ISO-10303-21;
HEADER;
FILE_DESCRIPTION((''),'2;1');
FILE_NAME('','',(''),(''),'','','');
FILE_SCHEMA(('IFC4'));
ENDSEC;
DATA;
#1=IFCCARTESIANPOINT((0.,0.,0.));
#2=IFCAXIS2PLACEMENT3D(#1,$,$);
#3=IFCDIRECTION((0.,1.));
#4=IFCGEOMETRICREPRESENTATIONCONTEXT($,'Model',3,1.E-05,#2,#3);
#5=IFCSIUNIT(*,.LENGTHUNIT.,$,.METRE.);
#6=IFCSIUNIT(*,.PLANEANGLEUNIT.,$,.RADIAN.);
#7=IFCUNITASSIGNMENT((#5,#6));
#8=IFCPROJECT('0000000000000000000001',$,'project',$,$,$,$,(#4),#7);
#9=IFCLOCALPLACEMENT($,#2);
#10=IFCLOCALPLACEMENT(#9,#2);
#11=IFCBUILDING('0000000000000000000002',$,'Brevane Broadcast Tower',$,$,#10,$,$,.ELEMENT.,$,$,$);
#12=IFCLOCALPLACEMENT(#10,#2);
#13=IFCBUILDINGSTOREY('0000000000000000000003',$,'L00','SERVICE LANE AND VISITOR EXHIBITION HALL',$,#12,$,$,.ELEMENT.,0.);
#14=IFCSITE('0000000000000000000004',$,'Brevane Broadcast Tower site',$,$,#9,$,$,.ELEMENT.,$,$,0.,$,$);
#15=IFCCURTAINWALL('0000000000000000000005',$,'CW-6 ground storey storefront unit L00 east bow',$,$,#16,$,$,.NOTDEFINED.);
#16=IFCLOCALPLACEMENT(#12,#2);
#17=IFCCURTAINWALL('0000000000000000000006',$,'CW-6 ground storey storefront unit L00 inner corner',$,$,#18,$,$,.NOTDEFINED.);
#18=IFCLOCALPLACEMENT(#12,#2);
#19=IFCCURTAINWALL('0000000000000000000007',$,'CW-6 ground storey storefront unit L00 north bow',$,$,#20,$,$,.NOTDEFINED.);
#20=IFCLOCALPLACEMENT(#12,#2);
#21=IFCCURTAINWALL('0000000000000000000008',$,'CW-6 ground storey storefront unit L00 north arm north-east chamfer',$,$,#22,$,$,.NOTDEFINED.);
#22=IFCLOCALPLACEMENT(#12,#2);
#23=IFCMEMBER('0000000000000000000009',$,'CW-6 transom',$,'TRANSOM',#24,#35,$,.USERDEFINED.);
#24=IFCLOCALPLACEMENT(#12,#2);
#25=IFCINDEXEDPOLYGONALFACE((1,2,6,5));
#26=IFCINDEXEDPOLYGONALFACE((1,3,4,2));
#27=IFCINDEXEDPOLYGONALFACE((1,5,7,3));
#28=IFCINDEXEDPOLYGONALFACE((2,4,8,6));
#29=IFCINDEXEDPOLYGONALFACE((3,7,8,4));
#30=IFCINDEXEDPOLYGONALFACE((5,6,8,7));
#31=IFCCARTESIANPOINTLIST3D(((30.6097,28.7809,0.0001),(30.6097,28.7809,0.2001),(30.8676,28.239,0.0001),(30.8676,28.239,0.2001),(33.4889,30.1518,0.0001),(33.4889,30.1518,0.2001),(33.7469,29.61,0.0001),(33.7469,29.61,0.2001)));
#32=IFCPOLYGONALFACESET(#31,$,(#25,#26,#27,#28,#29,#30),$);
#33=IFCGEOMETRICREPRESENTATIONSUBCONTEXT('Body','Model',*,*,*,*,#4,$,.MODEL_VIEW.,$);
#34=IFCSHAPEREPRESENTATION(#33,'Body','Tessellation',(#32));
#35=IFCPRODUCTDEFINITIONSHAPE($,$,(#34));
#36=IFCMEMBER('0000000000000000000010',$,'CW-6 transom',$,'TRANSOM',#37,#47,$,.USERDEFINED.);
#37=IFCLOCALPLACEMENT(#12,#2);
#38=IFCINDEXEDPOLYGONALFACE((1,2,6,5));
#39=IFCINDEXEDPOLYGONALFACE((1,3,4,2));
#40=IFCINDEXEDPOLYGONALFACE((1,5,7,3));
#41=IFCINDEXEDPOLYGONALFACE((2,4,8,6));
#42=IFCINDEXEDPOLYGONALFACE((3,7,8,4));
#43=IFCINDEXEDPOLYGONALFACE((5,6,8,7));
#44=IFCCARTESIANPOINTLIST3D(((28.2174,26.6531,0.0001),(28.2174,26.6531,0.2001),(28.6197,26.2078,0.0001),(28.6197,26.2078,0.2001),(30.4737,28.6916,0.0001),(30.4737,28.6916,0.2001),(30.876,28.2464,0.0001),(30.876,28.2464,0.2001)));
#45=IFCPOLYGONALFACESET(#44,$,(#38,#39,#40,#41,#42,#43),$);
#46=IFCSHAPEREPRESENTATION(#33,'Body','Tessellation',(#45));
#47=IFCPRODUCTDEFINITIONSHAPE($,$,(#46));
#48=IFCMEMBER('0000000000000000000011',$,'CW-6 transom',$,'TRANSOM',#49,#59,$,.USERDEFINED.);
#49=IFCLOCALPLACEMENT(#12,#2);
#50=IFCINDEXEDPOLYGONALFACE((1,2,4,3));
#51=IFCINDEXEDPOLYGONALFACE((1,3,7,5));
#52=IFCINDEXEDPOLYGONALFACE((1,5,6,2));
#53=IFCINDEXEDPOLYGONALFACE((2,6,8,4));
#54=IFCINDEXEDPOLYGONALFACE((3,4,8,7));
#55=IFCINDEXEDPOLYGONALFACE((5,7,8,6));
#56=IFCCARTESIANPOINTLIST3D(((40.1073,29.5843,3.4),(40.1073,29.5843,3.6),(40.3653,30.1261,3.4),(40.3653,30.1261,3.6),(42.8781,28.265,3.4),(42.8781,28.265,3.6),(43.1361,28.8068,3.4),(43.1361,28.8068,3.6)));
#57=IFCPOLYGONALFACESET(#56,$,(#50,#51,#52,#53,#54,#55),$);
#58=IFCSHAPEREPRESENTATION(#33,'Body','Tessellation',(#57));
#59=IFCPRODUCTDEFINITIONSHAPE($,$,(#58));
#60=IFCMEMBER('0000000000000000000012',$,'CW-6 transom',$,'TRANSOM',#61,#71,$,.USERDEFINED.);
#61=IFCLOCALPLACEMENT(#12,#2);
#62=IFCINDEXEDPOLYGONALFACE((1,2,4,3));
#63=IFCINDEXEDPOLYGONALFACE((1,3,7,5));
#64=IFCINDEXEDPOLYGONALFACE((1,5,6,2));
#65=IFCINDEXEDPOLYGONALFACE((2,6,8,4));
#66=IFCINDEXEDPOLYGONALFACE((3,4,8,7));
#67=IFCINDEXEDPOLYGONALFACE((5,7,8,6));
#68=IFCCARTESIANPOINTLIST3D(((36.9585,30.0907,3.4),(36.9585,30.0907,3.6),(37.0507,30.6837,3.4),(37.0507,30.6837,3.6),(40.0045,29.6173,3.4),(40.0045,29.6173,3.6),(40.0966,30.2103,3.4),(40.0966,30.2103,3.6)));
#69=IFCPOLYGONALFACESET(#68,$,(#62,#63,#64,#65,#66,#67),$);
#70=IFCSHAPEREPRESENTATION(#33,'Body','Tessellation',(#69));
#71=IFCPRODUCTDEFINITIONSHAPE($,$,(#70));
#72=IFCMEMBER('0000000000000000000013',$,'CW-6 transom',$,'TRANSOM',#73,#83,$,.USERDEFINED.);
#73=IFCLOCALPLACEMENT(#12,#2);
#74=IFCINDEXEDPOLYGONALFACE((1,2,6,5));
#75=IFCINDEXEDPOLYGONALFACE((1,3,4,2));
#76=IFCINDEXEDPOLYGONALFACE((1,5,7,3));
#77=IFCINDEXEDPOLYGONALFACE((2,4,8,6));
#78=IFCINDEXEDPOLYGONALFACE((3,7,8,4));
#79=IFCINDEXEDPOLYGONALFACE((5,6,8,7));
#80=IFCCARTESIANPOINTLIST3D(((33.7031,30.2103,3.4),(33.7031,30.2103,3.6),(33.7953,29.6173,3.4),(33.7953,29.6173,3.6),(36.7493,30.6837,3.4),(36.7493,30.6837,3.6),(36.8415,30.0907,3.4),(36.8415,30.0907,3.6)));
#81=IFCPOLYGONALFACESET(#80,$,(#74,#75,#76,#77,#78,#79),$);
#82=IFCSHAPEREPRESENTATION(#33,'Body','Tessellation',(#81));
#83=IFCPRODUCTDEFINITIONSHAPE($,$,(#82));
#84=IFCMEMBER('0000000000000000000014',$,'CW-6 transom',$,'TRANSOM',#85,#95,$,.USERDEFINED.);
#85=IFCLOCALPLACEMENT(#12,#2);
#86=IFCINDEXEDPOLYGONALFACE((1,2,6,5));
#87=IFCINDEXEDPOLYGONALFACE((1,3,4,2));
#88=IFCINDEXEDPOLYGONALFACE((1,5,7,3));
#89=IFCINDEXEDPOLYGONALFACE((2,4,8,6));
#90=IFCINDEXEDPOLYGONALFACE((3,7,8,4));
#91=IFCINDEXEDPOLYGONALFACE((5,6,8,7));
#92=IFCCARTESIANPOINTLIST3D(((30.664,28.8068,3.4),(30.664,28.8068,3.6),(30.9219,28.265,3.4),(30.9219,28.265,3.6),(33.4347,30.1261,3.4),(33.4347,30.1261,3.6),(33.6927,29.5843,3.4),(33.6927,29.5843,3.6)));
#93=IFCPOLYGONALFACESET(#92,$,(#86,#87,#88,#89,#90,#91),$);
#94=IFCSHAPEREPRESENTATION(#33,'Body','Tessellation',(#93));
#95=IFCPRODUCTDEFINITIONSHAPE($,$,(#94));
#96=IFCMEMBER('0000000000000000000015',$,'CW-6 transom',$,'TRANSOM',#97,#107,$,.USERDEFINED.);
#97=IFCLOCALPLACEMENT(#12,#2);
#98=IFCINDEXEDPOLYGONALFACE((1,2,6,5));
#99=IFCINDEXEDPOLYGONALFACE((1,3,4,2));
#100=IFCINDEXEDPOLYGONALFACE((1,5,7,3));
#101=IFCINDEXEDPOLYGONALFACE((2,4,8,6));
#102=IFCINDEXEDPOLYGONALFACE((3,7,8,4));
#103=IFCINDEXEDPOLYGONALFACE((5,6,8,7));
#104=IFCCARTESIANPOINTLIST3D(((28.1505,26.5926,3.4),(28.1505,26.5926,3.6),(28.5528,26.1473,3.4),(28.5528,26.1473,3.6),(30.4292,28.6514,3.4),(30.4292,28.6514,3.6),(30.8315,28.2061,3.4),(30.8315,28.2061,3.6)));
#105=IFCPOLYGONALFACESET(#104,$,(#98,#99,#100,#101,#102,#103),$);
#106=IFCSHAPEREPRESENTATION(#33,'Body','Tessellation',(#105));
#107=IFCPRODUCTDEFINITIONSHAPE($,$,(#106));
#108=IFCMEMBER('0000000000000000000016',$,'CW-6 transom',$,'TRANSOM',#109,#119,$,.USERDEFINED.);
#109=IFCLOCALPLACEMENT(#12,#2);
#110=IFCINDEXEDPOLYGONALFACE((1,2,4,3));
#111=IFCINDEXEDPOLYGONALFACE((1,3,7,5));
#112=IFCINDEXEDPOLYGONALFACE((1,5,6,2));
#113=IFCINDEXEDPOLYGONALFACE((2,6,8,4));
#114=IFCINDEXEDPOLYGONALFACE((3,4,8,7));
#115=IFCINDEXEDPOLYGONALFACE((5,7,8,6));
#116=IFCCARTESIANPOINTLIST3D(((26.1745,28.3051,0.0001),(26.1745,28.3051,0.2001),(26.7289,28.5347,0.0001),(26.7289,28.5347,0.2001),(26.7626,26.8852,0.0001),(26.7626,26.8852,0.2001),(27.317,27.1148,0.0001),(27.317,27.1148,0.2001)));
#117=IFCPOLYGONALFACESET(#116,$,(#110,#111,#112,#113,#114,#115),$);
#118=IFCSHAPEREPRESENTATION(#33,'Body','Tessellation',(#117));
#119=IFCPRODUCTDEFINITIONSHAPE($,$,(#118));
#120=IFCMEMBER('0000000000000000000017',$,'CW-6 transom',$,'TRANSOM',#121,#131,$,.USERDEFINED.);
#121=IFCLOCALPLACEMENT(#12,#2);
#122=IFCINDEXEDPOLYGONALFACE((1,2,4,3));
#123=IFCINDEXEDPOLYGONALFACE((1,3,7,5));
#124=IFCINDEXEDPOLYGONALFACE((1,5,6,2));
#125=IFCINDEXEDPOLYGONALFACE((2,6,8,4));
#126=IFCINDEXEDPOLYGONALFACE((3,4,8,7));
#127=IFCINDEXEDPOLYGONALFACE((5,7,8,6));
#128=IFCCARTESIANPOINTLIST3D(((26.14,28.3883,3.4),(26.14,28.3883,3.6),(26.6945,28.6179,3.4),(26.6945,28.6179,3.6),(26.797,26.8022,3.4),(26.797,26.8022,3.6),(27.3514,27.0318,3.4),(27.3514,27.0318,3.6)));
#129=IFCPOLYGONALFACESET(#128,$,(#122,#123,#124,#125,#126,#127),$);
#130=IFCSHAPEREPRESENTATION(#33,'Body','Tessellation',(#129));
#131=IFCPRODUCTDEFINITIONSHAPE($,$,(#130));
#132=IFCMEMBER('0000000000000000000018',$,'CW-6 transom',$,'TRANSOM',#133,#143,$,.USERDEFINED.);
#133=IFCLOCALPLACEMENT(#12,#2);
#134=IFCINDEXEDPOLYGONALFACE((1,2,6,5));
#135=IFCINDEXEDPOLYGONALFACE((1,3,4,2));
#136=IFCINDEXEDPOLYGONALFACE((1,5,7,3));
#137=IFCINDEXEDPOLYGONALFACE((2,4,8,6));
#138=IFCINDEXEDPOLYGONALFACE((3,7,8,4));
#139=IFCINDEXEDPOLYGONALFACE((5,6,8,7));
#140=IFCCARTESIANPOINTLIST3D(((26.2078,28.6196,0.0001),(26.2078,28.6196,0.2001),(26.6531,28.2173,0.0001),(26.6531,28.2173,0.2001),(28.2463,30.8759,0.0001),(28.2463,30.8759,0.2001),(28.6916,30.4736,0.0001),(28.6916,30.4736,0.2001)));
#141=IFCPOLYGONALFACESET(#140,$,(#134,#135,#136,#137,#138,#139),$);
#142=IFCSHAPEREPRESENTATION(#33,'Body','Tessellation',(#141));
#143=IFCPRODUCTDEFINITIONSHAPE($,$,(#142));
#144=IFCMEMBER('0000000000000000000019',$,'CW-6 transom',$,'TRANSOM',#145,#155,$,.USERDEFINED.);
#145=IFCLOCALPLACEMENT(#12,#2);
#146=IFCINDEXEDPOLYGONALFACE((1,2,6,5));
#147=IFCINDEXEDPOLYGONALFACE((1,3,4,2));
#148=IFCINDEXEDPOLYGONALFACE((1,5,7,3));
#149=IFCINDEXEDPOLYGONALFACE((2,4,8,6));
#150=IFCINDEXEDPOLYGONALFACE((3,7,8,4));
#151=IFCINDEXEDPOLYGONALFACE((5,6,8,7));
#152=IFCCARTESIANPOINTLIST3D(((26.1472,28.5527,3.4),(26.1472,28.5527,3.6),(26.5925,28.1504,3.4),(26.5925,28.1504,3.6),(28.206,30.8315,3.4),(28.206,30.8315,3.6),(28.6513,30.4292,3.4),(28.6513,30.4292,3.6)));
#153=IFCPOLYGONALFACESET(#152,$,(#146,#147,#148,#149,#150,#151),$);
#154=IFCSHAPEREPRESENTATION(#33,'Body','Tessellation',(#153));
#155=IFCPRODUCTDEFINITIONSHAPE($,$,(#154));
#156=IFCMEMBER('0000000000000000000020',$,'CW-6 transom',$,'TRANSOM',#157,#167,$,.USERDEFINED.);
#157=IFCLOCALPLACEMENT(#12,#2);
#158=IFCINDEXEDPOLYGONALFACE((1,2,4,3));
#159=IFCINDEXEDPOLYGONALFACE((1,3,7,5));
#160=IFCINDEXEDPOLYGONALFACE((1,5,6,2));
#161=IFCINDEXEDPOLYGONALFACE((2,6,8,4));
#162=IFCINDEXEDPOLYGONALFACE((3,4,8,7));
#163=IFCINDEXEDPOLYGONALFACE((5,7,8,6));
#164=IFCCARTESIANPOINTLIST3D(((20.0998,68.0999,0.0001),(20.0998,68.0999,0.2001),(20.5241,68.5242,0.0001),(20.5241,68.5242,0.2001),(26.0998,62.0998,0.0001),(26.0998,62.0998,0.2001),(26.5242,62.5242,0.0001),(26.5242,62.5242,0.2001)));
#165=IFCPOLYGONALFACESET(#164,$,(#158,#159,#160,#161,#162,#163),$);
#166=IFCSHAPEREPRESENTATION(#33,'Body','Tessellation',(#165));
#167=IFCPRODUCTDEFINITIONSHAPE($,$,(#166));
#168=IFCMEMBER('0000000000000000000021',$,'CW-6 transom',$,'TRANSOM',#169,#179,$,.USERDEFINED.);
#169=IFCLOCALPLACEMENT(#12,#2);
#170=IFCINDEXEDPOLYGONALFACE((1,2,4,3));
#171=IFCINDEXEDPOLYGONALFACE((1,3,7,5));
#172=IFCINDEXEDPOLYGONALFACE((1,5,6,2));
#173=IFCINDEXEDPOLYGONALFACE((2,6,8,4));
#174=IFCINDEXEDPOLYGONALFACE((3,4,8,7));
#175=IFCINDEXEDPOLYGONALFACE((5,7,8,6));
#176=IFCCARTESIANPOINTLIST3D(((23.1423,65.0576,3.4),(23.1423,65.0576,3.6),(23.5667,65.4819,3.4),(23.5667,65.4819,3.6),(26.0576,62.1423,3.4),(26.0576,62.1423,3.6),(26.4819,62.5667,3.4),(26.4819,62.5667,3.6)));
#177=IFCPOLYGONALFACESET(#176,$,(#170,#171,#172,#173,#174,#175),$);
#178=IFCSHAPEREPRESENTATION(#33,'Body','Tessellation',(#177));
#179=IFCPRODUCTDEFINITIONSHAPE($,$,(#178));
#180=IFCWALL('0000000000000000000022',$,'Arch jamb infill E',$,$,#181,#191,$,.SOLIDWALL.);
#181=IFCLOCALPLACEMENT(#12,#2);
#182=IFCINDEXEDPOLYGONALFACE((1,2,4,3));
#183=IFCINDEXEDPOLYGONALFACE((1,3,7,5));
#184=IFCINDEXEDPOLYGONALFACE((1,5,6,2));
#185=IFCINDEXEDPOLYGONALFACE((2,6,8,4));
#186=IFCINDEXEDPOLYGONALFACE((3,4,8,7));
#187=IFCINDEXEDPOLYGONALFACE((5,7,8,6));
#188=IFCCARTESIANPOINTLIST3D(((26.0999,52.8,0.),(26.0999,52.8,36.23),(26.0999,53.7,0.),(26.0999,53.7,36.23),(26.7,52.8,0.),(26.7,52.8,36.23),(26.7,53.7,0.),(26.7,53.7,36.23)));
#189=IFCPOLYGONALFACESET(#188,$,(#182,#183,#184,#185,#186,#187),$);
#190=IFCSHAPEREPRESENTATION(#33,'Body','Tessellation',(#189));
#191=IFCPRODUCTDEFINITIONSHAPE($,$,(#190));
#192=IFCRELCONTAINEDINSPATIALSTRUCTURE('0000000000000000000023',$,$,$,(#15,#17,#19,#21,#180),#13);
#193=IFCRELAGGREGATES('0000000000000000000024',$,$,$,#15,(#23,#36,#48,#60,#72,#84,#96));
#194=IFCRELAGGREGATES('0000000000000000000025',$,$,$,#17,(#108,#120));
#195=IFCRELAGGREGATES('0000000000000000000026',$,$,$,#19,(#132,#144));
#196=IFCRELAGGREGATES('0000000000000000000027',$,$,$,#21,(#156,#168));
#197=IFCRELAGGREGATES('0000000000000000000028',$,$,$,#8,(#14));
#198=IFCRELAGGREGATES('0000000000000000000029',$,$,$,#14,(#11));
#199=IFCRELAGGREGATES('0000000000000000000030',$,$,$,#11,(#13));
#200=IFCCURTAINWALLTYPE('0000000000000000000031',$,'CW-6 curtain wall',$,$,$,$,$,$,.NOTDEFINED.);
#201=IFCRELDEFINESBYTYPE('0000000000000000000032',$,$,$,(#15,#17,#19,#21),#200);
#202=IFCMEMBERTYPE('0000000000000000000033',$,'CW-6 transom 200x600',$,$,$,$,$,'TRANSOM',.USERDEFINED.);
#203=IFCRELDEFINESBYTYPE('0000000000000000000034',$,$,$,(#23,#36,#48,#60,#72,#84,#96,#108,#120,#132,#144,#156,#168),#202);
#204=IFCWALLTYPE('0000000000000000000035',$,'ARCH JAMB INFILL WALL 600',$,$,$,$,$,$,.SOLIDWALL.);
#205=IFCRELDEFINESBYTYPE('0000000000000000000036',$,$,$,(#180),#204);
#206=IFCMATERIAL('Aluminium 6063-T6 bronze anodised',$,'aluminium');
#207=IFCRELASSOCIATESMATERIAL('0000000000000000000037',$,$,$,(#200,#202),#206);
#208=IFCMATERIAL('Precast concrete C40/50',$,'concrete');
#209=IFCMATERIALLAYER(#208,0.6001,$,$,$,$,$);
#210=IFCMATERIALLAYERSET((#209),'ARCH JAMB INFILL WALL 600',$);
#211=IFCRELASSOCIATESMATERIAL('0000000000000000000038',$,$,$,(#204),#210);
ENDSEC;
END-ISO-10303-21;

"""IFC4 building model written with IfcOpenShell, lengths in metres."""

from ifc_helpers import new_model, si_unit, direction, frame, frame_2d, origin, origin_2d, place, context, subcontext, project, spatial, rectangle, extrude, material, layer, layer_set, material_profile, profile_set, type_object, element, aggregate, save


model = new_model("IFC4")

# Units and contexts
model_context = context("Model", 3, precision=1e-05, world=origin(), true_north=direction((0.0, 1.0)))
body_context = subcontext(model_context, "Body", "Model", "MODEL_VIEW")
ifc_project = project(units=[si_unit("LENGTHUNIT", "METRE"), si_unit("PLANEANGLEUNIT", "RADIAN")], contexts=[model_context])

# Site, building, storey
site_placement = place(None, origin())
site = spatial("IfcSite", under=ifc_project, at=site_placement, Name="Brevane Broadcast Tower site", CompositionType="ELEMENT", RefElevation=0.0)
building_placement = place(site_placement, origin())
building = spatial("IfcBuilding", under=site, at=building_placement, Name="Brevane Broadcast Tower", CompositionType="ELEMENT")
storey_placement = place(building_placement, origin())
storey = spatial("IfcBuildingStorey", under=building, at=storey_placement, Name="L00", Description="SERVICE LANE AND VISITOR EXHIBITION HALL", CompositionType="ELEMENT", Elevation=0.0)

# Curtain walls
ifc_material_1 = material(Name="Aluminium 6063-T6 bronze anodised", Category="aluminium")
curtain_wall_type = type_object("IfcCurtainWallType", Name="CW-6 curtain wall", PredefinedType="NOTDEFINED", material=ifc_material_1)
curtain_wall_1_placement = place(storey_placement, origin())
curtain_wall_1 = element("IfcCurtainWall", 1, at=curtain_wall_1_placement, inside=storey, type_object=curtain_wall_type, Name="CW-6 ground storey storefront unit L00 east bow", PredefinedType="NOTDEFINED")
curtain_wall_2_placement = place(storey_placement, origin())
curtain_wall_2 = element("IfcCurtainWall", 2, at=curtain_wall_2_placement, inside=storey, type_object=curtain_wall_type, Name="CW-6 ground storey storefront unit L00 inner corner", PredefinedType="NOTDEFINED")

# Curtain walls
curtain_wall_3_placement = place(storey_placement, origin())
curtain_wall_3 = element("IfcCurtainWall", 3, at=curtain_wall_3_placement, inside=storey, type_object=curtain_wall_type, Name="CW-6 ground storey storefront unit L00 north bow", PredefinedType="NOTDEFINED")
curtain_wall_4_placement = place(storey_placement, origin())
curtain_wall_4 = element("IfcCurtainWall", 4, at=curtain_wall_4_placement, inside=storey, type_object=curtain_wall_type, Name="CW-6 ground storey storefront unit L00 north arm north-east chamfer", PredefinedType="NOTDEFINED")

# Members
ifc_material_profile_1 = material_profile(ifc_material_1, rectangle(XDim=0.6001, YDim=0.2, at=origin_2d()), Name="RECT 200x600")
ifc_profile_set_1 = profile_set([ifc_material_profile_1], Name="Aluminium 6063-T6 bronze anodised")
member_type_1 = type_object("IfcMemberType", Name="CW-6 transom 200x600", ElementType="TRANSOM", PredefinedType="USERDEFINED", material=ifc_profile_set_1)
member_1_placement = place(storey_placement, frame((33.6179, 29.8809, 0.1001), z_axis=(-0.902882, -0.429889, 0.0), x_axis=(0.429889, -0.902882, 0.0)))
member_1 = element("IfcMember", 5, at=member_1_placement, type_object=member_type_1, Name="CW-6 transom", ObjectType="TRANSOM", PredefinedType="USERDEFINED", context=body_context, shape_type="SweptSolid", body=[
    extrude(rectangle(XDim=0.6001, YDim=0.2, at=origin_2d()), origin(), (0.0, 0.0, 1.0), 3.189),
])
member_2_placement = place(storey_placement, frame((30.6748, 28.469, 0.1001), z_axis=(-0.742007, -0.670392, 0.0), x_axis=(0.670392, -0.742007, 0.0)))
member_2 = element("IfcMember", 6, at=member_2_placement, type_object=member_type_1, Name="CW-6 transom", ObjectType="TRANSOM", PredefinedType="USERDEFINED", context=body_context, shape_type="SweptSolid", body=[
    extrude(rectangle(XDim=0.6001, YDim=0.2, at=origin_2d()), origin(), (0.0, 0.0, 1.0), 3.0408),
])
member_3_placement = place(storey_placement, frame((43.0071, 28.5359, 3.5), z_axis=(-0.902869, 0.429915, 0.0), x_axis=(-0.429915, -0.902869, 0.0)))
member_3 = element("IfcMember", 7, at=member_3_placement, type_object=member_type_1, Name="CW-6 transom", ObjectType="TRANSOM", PredefinedType="USERDEFINED", context=body_context, shape_type="SweptSolid", body=[
    extrude(rectangle(XDim=0.6001, YDim=0.2, at=origin_2d()), origin(), (0.0, 0.0, 1.0), 3.0688),
])
member_4_placement = place(storey_placement, frame((40.0505, 29.9138, 3.5), z_axis=(-0.988137, 0.153575, 0.0), x_axis=(-0.153575, -0.988137, 0.0)))
member_4 = element("IfcMember", 8, at=member_4_placement, type_object=member_type_1, Name="CW-6 transom", ObjectType="TRANSOM", PredefinedType="USERDEFINED", context=body_context, shape_type="SweptSolid", body=[
    extrude(rectangle(XDim=0.6001, YDim=0.2, at=origin_2d()), origin(), (0.0, 0.0, 1.0), 3.0825),
])
member_5_placement = place(storey_placement, frame((36.7954, 30.3872, 3.5), z_axis=(-0.988139, -0.153563, 0.0), x_axis=(0.153563, -0.988139, 0.0)))
member_5 = element("IfcMember", 9, at=member_5_placement, type_object=member_type_1, Name="CW-6 transom", ObjectType="TRANSOM", PredefinedType="USERDEFINED", context=body_context, shape_type="SweptSolid", body=[
    extrude(rectangle(XDim=0.6001, YDim=0.2, at=origin_2d()), origin(), (0.0, 0.0, 1.0), 3.0828),
])
member_6_placement = place(storey_placement, frame((33.5637, 29.8552, 3.5), z_axis=(-0.902869, -0.429915, 0.0), x_axis=(0.429915, -0.902869, 0.0)))
member_6 = element("IfcMember", 10, at=member_6_placement, type_object=member_type_1, Name="CW-6 transom", ObjectType="TRANSOM", PredefinedType="USERDEFINED", context=body_context, shape_type="SweptSolid", body=[
    extrude(rectangle(XDim=0.6001, YDim=0.2, at=origin_2d()), origin(), (0.0, 0.0, 1.0), 3.0688),
])
member_7_placement = place(storey_placement, frame((30.6304, 28.4287, 3.5), z_axis=(-0.742012, -0.670387, 0.0), x_axis=(0.670387, -0.742012, 0.0)))
member_7 = element("IfcMember", 11, at=member_7_placement, type_object=member_type_1, Name="CW-6 transom", ObjectType="TRANSOM", PredefinedType="USERDEFINED", context=body_context, shape_type="SweptSolid", body=[
    extrude(rectangle(XDim=0.6001, YDim=0.2, at=origin_2d()), origin(), (0.0, 0.0, 1.0), 3.071),
])
aggregate(curtain_wall_1, [member_1, member_2, member_3, member_4, member_5, member_6, member_7])
member_8_placement = place(storey_placement, frame((27.0398, 27.0, 0.1001), z_axis=(-0.382674, 0.923883, 0.0), x_axis=(-0.923883, -0.382674, 0.0)))
member_8 = element("IfcMember", 12, at=member_8_placement, type_object=member_type_1, Name="CW-6 transom", ObjectType="TRANSOM", PredefinedType="USERDEFINED", context=body_context, shape_type="SweptSolid", body=[
    extrude(rectangle(XDim=0.6001, YDim=0.2, at=origin_2d()), origin(), (0.0, 0.0, 1.0), 1.5369),
])
member_9_placement = place(storey_placement, frame((27.0742, 26.917, 3.5), z_axis=(-0.382666, 0.923887, 0.0), x_axis=(-0.923887, -0.382666, 0.0)))
member_9 = element("IfcMember", 13, at=member_9_placement, type_object=member_type_1, Name="CW-6 transom", ObjectType="TRANSOM", PredefinedType="USERDEFINED", context=body_context, shape_type="SweptSolid", body=[
    extrude(rectangle(XDim=0.6001, YDim=0.2, at=origin_2d()), origin(), (0.0, 0.0, 1.0), 1.7168),
])
aggregate(curtain_wall_2, [member_8, member_9])
member_10_placement = place(storey_placement, frame((26.4304, 28.4185, 0.1001), z_axis=(0.670392, 0.742007, 0.0), x_axis=(-0.742007, 0.670392, 0.0)))
member_10 = element("IfcMember", 14, at=member_10_placement, type_object=member_type_1, Name="CW-6 transom", ObjectType="TRANSOM", PredefinedType="USERDEFINED", context=body_context, shape_type="SweptSolid", body=[
    extrude(rectangle(XDim=0.6001, YDim=0.2, at=origin_2d()), origin(), (0.0, 0.0, 1.0), 3.0408),
])
member_11_placement = place(storey_placement, frame((26.3699, 28.3516, 3.5), z_axis=(0.670387, 0.742012, 0.0), x_axis=(-0.742012, 0.670387, 0.0)))
member_11 = element("IfcMember", 15, at=member_11_placement, type_object=member_type_1, Name="CW-6 transom", ObjectType="TRANSOM", PredefinedType="USERDEFINED", context=body_context, shape_type="SweptSolid", body=[
    extrude(rectangle(XDim=0.6001, YDim=0.2, at=origin_2d()), origin(), (0.0, 0.0, 1.0), 3.071),
])
aggregate(curtain_wall_3, [member_10, member_11])
member_12_placement = place(storey_placement, frame((26.312, 62.312, 0.1001), z_axis=(-0.707107, 0.707107, 0.0), x_axis=(-0.707107, -0.707107, 0.0)))
member_12 = element("IfcMember", 16, at=member_12_placement, type_object=member_type_1, Name="CW-6 transom", ObjectType="TRANSOM", PredefinedType="USERDEFINED", context=body_context, shape_type="SweptSolid", body=[
    extrude(rectangle(XDim=0.6001, YDim=0.2, at=origin_2d()), origin(), (0.0, 0.0, 1.0), 8.4854),
])
member_13_placement = place(storey_placement, frame((26.2698, 62.3545, 3.5), z_axis=(-0.707107, 0.707107, 0.0), x_axis=(-0.707107, -0.707107, 0.0)))
member_13 = element("IfcMember", 17, at=member_13_placement, type_object=member_type_1, Name="CW-6 transom", ObjectType="TRANSOM", PredefinedType="USERDEFINED", context=body_context, shape_type="SweptSolid", body=[
    extrude(rectangle(XDim=0.6001, YDim=0.2, at=origin_2d()), origin(), (0.0, 0.0, 1.0), 4.1228),
])
aggregate(curtain_wall_4, [member_12, member_13])

# Wall
ifc_material_2 = material(Name="Precast concrete C40/50", Category="concrete")
ifc_layer_1 = layer(ifc_material_2, 0.6001)
ifc_layer_set_1 = layer_set([ifc_layer_1], Name="ARCH JAMB INFILL WALL 600")
wall_type_1 = type_object("IfcWallType", Name="ARCH JAMB INFILL WALL 600", PredefinedType="SOLIDWALL", material=ifc_layer_set_1)
wall_1_placement = place(storey_placement, frame((26.3999, 52.8, 0.0), z_axis=(0.0, 0.0, 1.0), x_axis=(0.0, 1.0, 0.0)))
element("IfcWall", 18, at=wall_1_placement, inside=storey, type_object=wall_type_1, Name="Arch jamb infill E", PredefinedType="SOLIDWALL", context=body_context, shape_type="SweptSolid", body=[
    extrude(rectangle(XDim=0.8999, YDim=0.6001, at=frame_2d((0.45, 0.0))), origin(), (0.0, 0.0, 1.0), 36.23),
])

save(model, "model.ifc")
